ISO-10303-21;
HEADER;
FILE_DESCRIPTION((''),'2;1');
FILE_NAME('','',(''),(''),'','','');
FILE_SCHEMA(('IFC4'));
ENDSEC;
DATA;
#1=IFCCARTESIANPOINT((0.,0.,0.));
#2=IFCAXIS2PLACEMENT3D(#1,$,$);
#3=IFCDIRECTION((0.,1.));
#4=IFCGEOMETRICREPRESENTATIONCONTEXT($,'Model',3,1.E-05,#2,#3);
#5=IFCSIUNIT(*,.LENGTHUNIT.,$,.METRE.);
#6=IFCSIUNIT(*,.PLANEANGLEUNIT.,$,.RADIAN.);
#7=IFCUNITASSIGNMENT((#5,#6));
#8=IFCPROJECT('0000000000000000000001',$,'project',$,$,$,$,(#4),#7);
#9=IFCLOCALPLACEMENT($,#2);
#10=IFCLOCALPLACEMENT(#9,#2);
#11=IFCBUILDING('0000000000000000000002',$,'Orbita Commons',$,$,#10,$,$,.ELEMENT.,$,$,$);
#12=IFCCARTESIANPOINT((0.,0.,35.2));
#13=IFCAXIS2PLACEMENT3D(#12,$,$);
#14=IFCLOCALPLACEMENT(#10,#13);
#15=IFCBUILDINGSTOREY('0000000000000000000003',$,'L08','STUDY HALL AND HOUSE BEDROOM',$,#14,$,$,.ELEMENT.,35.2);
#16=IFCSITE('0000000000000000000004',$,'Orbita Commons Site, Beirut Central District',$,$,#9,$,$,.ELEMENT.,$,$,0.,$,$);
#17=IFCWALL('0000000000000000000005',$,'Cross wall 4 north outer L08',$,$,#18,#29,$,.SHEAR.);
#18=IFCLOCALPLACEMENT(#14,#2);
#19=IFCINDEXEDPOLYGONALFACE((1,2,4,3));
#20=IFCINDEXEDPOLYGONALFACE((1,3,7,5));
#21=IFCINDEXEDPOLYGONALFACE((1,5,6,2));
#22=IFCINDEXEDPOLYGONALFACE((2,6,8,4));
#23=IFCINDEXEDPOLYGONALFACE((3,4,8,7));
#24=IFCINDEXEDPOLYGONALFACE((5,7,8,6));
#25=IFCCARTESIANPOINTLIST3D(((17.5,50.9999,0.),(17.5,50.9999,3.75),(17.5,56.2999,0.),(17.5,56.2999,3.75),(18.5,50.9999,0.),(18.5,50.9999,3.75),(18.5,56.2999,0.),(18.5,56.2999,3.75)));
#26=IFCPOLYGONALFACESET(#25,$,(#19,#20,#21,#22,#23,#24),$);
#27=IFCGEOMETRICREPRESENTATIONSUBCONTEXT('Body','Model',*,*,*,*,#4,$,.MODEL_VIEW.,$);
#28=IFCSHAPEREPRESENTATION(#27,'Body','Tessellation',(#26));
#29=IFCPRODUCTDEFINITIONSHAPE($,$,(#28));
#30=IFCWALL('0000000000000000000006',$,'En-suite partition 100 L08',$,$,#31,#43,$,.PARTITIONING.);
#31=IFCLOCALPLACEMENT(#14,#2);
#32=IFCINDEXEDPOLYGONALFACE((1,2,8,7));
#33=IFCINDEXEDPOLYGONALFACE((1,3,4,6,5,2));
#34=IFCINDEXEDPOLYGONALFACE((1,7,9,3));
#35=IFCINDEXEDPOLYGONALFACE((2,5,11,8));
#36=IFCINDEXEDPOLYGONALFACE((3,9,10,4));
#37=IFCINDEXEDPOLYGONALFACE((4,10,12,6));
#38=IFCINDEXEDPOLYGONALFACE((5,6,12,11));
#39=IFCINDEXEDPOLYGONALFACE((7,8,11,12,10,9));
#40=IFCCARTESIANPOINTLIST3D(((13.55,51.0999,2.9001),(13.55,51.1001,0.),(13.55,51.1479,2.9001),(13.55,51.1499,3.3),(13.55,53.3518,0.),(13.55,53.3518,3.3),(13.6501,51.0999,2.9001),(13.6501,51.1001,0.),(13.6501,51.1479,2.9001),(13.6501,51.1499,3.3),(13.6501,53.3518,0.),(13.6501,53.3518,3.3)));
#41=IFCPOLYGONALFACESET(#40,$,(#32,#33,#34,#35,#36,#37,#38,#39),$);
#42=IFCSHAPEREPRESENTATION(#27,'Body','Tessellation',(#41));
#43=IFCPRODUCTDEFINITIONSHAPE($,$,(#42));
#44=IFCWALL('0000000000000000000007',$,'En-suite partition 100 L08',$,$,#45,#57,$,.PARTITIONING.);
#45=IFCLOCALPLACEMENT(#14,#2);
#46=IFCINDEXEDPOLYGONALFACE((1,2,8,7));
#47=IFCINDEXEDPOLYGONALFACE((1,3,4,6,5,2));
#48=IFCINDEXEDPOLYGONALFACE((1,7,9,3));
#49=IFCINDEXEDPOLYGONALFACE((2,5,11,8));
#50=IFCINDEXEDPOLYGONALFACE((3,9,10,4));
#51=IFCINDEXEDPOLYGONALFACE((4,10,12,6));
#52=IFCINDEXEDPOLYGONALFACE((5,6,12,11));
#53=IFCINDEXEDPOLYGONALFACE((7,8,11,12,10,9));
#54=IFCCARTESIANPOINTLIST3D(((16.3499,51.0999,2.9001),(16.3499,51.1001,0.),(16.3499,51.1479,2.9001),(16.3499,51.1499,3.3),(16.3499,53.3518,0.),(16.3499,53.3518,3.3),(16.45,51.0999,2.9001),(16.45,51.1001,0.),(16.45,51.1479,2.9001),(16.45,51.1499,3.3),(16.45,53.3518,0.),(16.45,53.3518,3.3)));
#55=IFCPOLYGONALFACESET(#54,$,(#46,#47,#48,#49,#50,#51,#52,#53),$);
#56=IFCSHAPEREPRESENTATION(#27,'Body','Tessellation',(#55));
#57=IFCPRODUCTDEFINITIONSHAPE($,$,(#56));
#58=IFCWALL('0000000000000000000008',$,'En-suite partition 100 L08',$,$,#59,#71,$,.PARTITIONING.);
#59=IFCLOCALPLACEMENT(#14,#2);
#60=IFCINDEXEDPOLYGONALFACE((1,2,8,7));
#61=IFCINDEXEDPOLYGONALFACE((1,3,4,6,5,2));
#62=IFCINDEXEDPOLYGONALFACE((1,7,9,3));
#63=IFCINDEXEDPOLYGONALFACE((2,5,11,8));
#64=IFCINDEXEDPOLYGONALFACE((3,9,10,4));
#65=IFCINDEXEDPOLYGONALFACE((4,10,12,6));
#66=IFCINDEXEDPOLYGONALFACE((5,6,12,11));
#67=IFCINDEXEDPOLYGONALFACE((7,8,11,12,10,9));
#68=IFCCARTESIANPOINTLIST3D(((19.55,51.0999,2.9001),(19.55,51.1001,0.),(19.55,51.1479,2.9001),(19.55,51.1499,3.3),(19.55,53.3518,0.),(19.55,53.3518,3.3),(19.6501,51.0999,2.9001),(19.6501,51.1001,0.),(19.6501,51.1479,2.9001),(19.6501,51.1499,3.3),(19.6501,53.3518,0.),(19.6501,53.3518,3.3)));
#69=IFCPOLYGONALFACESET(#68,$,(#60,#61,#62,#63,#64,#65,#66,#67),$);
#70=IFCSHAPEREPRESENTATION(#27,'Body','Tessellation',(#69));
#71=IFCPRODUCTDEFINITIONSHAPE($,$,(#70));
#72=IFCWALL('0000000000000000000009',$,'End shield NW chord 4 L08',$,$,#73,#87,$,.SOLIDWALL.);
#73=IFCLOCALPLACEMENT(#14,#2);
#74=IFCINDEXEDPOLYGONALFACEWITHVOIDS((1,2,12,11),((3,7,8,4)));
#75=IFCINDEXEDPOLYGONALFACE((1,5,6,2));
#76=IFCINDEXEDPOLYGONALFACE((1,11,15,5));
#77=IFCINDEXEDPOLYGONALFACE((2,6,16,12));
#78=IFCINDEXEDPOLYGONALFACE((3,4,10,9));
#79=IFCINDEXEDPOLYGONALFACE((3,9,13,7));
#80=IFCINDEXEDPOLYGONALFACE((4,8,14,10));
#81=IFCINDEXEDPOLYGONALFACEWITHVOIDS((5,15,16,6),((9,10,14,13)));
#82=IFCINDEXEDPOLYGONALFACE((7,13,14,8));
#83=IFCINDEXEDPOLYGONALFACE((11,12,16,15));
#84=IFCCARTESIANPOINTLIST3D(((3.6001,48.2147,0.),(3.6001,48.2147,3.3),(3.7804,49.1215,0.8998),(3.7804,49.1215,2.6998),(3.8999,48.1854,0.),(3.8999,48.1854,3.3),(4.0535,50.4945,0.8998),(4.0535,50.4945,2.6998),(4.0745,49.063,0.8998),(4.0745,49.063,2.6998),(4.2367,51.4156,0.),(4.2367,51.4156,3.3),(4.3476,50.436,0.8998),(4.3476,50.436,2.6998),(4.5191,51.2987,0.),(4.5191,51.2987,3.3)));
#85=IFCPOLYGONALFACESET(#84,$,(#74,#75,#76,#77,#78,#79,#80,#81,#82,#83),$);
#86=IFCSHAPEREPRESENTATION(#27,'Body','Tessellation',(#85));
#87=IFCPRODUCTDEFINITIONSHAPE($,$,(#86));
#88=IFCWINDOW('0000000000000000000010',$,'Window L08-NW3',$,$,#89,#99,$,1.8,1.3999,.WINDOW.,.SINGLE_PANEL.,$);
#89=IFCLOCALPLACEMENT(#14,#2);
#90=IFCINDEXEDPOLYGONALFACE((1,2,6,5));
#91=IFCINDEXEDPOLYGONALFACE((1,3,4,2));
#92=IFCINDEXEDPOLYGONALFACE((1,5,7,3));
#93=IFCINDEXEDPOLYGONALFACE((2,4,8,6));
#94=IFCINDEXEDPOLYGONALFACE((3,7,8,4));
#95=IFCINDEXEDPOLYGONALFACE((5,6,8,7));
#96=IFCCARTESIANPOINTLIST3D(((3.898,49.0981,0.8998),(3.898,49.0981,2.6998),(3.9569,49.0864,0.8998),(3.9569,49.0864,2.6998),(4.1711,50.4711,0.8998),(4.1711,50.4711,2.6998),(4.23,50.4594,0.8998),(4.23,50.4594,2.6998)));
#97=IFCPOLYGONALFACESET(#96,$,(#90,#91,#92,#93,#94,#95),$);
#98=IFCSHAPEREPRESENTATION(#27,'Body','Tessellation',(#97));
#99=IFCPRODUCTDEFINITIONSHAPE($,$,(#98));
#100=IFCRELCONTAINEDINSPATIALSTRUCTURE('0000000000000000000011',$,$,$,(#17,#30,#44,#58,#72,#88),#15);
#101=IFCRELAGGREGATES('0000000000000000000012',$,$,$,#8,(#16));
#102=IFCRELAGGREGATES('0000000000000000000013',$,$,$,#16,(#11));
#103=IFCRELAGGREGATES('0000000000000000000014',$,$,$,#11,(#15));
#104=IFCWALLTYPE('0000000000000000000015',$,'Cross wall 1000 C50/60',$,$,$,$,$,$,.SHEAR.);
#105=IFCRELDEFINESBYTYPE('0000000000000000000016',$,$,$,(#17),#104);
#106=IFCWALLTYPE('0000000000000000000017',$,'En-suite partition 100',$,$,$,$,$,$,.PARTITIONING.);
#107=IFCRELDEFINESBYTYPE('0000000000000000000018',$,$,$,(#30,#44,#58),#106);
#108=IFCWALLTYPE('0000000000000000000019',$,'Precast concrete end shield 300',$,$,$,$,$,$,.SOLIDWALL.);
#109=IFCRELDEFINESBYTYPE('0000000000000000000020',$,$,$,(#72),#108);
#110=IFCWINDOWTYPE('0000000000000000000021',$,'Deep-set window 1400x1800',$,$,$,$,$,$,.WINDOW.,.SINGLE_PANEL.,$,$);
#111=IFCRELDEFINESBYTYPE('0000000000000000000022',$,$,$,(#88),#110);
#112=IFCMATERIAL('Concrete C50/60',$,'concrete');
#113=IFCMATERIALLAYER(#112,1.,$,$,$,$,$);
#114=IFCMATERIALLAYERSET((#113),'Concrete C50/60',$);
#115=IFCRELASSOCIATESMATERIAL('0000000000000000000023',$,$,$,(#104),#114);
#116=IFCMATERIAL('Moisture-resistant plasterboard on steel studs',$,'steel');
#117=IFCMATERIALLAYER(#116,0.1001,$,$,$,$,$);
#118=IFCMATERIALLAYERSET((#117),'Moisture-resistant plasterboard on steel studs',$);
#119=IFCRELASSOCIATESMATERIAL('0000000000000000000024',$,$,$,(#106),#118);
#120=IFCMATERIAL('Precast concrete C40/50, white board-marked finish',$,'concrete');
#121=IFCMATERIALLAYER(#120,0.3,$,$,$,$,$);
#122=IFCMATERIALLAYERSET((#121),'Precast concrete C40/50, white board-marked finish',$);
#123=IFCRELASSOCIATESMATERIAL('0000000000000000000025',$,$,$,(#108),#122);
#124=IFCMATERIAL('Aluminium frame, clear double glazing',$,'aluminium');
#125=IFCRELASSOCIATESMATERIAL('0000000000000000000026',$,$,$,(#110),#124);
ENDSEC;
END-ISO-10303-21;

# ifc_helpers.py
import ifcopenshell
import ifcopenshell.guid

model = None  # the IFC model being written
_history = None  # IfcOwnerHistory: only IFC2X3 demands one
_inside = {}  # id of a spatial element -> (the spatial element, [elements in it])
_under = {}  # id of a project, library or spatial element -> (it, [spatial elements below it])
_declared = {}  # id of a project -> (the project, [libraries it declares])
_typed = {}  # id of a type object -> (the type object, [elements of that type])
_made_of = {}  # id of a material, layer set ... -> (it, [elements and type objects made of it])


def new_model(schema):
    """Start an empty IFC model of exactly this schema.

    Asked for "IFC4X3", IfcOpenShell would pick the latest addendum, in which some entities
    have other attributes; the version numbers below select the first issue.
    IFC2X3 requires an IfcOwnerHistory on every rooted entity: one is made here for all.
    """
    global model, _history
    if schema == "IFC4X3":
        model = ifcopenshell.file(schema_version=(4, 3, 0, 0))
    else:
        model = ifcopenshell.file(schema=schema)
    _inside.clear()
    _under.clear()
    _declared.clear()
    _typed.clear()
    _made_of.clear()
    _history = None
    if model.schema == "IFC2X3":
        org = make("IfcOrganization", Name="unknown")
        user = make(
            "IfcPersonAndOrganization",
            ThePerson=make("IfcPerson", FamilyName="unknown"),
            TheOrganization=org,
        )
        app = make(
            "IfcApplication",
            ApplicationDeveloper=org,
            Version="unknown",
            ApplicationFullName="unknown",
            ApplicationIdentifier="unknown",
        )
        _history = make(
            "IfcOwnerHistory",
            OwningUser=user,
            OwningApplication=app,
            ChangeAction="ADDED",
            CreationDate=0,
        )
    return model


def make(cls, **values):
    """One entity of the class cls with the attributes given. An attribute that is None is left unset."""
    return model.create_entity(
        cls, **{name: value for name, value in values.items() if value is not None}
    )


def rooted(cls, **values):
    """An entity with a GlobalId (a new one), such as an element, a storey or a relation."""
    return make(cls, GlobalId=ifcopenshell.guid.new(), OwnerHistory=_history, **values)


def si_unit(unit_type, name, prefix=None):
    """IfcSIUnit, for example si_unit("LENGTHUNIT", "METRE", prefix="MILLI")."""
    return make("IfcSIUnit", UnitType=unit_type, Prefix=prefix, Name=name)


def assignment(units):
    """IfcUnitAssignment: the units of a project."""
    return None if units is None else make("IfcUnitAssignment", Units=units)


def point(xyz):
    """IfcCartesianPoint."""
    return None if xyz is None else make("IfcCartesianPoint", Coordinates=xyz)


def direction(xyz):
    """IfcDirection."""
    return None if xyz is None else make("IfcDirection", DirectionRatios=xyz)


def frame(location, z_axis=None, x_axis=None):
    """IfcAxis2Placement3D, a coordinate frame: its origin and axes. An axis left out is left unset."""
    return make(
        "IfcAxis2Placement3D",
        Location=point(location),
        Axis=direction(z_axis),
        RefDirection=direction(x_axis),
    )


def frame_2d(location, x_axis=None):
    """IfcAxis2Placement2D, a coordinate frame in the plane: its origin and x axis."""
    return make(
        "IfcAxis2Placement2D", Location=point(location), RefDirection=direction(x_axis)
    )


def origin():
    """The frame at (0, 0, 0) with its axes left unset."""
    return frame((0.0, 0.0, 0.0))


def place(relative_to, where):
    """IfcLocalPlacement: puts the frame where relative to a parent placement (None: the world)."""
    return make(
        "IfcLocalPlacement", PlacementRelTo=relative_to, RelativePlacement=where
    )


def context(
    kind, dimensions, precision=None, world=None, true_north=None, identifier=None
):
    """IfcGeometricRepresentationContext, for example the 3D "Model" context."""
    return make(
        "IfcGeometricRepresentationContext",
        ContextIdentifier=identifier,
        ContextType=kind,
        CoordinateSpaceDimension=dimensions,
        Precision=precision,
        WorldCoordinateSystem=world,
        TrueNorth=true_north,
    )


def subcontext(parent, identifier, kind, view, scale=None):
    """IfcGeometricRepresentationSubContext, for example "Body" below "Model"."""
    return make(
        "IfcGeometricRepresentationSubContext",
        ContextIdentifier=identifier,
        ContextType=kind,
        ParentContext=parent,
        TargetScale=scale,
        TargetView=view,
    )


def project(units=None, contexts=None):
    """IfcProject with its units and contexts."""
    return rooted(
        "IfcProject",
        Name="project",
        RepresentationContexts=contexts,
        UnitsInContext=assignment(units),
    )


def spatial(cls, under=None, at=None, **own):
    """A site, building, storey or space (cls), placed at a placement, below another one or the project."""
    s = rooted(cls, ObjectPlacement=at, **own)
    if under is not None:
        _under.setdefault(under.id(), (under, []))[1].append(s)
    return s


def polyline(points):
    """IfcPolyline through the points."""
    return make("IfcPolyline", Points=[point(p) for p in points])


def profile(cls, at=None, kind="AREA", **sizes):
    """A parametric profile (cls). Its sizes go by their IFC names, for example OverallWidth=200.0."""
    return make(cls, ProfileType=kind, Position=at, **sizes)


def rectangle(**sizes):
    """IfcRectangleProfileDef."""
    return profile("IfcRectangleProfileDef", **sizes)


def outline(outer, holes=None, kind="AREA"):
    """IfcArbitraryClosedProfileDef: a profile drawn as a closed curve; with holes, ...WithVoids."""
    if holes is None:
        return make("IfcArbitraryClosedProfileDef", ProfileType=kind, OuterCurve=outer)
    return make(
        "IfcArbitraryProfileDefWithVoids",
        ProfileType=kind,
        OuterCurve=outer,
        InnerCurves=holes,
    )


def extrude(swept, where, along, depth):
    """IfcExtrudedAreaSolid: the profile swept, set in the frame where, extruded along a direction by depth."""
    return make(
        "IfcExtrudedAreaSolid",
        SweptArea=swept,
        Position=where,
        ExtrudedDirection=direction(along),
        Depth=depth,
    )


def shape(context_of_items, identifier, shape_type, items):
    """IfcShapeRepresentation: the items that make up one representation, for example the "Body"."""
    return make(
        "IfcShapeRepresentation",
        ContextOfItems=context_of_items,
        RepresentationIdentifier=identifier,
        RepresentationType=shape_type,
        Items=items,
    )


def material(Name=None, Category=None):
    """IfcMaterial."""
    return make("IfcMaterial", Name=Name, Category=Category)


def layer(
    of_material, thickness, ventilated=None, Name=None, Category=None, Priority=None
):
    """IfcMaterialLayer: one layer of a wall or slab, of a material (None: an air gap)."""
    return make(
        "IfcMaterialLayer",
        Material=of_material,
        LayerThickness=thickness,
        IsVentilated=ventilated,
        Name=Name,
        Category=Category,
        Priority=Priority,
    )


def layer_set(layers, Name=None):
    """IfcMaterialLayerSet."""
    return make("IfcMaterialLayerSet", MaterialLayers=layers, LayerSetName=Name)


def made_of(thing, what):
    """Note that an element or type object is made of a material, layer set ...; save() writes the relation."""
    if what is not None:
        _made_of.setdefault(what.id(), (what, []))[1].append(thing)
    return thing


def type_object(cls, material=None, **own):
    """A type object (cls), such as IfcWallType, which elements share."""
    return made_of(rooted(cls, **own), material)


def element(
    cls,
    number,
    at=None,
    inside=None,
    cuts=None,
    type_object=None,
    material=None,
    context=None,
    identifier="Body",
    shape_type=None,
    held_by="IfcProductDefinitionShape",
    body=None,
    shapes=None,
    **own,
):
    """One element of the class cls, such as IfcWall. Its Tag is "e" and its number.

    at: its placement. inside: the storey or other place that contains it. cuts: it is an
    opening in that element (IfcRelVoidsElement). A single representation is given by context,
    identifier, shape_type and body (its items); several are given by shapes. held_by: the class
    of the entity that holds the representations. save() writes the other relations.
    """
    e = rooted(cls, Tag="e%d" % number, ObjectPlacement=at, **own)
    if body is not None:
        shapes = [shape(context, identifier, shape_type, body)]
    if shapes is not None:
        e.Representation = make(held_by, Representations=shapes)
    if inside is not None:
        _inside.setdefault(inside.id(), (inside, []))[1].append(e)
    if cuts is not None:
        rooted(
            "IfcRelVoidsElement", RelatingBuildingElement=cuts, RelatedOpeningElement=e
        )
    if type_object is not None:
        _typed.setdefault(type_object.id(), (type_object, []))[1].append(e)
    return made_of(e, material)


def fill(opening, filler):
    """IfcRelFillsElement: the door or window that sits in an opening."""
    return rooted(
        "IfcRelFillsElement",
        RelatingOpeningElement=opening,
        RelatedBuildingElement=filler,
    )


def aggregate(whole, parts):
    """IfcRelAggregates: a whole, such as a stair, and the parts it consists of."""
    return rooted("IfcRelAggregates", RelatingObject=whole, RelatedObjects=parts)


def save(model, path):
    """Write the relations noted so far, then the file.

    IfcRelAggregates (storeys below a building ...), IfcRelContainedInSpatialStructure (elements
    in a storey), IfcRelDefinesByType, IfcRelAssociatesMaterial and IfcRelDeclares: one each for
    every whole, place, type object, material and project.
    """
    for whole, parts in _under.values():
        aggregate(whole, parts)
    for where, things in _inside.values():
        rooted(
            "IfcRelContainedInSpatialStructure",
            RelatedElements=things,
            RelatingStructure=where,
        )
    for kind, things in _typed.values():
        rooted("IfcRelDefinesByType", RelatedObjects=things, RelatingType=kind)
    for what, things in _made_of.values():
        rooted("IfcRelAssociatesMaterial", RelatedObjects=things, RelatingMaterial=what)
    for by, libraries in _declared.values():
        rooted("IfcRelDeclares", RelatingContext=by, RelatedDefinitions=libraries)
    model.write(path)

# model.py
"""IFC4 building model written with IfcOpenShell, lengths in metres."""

from ifc_helpers import new_model, si_unit, direction, frame, frame_2d, origin, place, context, subcontext, project, spatial, polyline, rectangle, outline, extrude, material, layer, layer_set, type_object, element, fill, save


model = new_model("IFC4")

# Units and contexts
model_context = context("Model", 3, precision=1e-05, world=origin(), true_north=direction((0.0, 1.0)))
body_context = subcontext(model_context, "Body", "Model", "MODEL_VIEW")
ifc_project = project(units=[si_unit("LENGTHUNIT", "METRE"), si_unit("PLANEANGLEUNIT", "RADIAN")], contexts=[model_context])

# Site, building, storey
site_placement = place(None, origin())
site = spatial("IfcSite", under=ifc_project, at=site_placement, Name="Orbita Commons Site, Beirut Central District", CompositionType="ELEMENT", RefElevation=0.0)
building_placement = place(site_placement, origin())
building = spatial("IfcBuilding", under=site, at=building_placement, Name="Orbita Commons", CompositionType="ELEMENT")
storey_placement = place(building_placement, frame((0.0, 0.0, 35.2)))
storey = spatial("IfcBuildingStorey", under=building, at=storey_placement, Name="L08", Description="STUDY HALL AND HOUSE BEDROOM", CompositionType="ELEMENT", Elevation=35.2)

# Walls
ifc_material_1 = material(Name="Concrete C50/60", Category="concrete")
ifc_layer_1 = layer(ifc_material_1, 1.0)
ifc_layer_set_1 = layer_set([ifc_layer_1], Name="Concrete C50/60")
wall_type_1 = type_object("IfcWallType", Name="Cross wall 1000 C50/60", PredefinedType="SHEAR", material=ifc_layer_set_1)
for number, where, z_axis, x_axis, name in (
    (1, (18.0, 51.0, 0.0), (0.0, 0.0, 1.0), (0.0, 1.0, 0.0), "Cross wall 4 north outer L08"),
):
    element("IfcWall", number, at=place(storey_placement, frame(where, z_axis=z_axis, x_axis=x_axis)), inside=storey, type_object=wall_type_1, Name=name, PredefinedType="SHEAR", context=body_context, shape_type="SweptSolid", body=[
        extrude(rectangle(XDim=5.3, YDim=1.0, at=frame_2d((2.6499, 0.0))), origin(), (0.0, 0.0, 1.0), 3.75),
    ])
ifc_material_2 = material(Name="Moisture-resistant plasterboard on steel studs", Category="steel")
ifc_layer_2 = layer(ifc_material_2, 0.1001)
ifc_layer_set_2 = layer_set([ifc_layer_2], Name="Moisture-resistant plasterboard on steel studs")
wall_type_2 = type_object("IfcWallType", Name="En-suite partition 100", PredefinedType="PARTITIONING", material=ifc_layer_set_2)
for number, where, z_axis, x_axis, name in (
    (2, (13.6001, 53.3518, 0.0), (0.0, 0.0, 1.0), (0.0, -1.0, 0.0), "En-suite partition 100 L08"),
    (3, (16.3999, 53.3518, 0.0), (0.0, 0.0, 1.0), (0.0, -1.0, 0.0), "En-suite partition 100 L08"),
    (4, (19.6001, 53.3518, 0.0), (0.0, 0.0, 1.0), (0.0, -1.0, 0.0), "En-suite partition 100 L08"),
):
    element("IfcWall", number, at=place(storey_placement, frame(where, z_axis=z_axis, x_axis=x_axis)), inside=storey, type_object=wall_type_2, Name=name, PredefinedType="PARTITIONING", context=body_context, shape_type="SweptSolid", body=[
        extrude(outline(polyline([(0.0, 0.0), (2.2517, 0.0), (2.252, 2.9001), (2.2039, 2.9001), (2.2019, 3.3), (0.0, 3.3), (0.0, 0.0)])), frame((0.0, 0.05, 0.0), z_axis=(0.0, -1.0, 0.0), x_axis=(1.0, 0.0, 0.0)), (0.0, 0.0, 1.0), 0.1001),
    ])

# Wall, opening, window
ifc_material_3 = material(Name="Precast concrete C40/50, white board-marked finish", Category="concrete")
ifc_layer_3 = layer(ifc_material_3, 0.3)
ifc_layer_set_3 = layer_set([ifc_layer_3], Name="Precast concrete C40/50, white board-marked finish")
wall_type_3 = type_object("IfcWallType", Name="Precast concrete end shield 300", PredefinedType="SOLIDWALL", material=ifc_layer_set_3)
wall_1_placement = place(storey_placement, frame((4.3779, 51.3572, 0.0), z_axis=(0.0, 0.0, 1.0), x_axis=(-0.195066, -0.98079, 0.0)))
wall_1 = element("IfcWall", 5, at=wall_1_placement, inside=storey, type_object=wall_type_3, Name="End shield NW chord 4 L08", PredefinedType="SOLIDWALL", context=body_context, shape_type="SweptSolid", body=[
    extrude(outline(polyline([(-0.0298, -0.1499), (3.2339, -0.1499), (3.2041, 0.1499), (0.0298, 0.1499), (-0.0298, -0.1499)])), origin(), (0.0, 0.0, 1.0), 3.3),
])
opening_1_placement = place(wall_1_placement, frame((0.9094, 0.0, 0.8999)))
opening_1 = element("IfcOpeningElement", 6, at=opening_1_placement, cuts=wall_1, PredefinedType="OPENING", context=body_context, shape_type="SweptSolid", body=[
    extrude(rectangle(XDim=1.3999, YDim=1.8, at=frame_2d((0.7, 0.8999))), frame((0.0, 0.1599, 0.0), z_axis=(0.0, -1.0, 0.0), x_axis=(1.0, 0.0, 0.0)), (0.0, 0.0, 1.0), 0.3201),
])
ifc_material_4 = material(Name="Aluminium frame, clear double glazing", Category="aluminium")
window_type = type_object("IfcWindowType", Name="Deep-set window 1400x1800", PartitioningType="SINGLE_PANEL", PredefinedType="WINDOW", material=ifc_material_4)
window_placement = place(opening_1_placement, origin())
window = element("IfcWindow", 7, at=window_placement, inside=storey, type_object=window_type, Name="Window L08-NW3", OverallHeight=1.8, OverallWidth=1.3999, PartitioningType="SINGLE_PANEL", PredefinedType="WINDOW", context=body_context, shape_type="SweptSolid", body=[
    extrude(rectangle(XDim=1.3999, YDim=1.8, at=frame_2d((0.7, 0.8999))), frame((0.0, 0.03, 0.0), z_axis=(0.0, -1.0, 0.0), x_axis=(1.0, 0.0, 0.0)), (0.0, 0.0, 1.0), 0.0601),
])
fill(opening_1, window)

save(model, "model.ifc")
